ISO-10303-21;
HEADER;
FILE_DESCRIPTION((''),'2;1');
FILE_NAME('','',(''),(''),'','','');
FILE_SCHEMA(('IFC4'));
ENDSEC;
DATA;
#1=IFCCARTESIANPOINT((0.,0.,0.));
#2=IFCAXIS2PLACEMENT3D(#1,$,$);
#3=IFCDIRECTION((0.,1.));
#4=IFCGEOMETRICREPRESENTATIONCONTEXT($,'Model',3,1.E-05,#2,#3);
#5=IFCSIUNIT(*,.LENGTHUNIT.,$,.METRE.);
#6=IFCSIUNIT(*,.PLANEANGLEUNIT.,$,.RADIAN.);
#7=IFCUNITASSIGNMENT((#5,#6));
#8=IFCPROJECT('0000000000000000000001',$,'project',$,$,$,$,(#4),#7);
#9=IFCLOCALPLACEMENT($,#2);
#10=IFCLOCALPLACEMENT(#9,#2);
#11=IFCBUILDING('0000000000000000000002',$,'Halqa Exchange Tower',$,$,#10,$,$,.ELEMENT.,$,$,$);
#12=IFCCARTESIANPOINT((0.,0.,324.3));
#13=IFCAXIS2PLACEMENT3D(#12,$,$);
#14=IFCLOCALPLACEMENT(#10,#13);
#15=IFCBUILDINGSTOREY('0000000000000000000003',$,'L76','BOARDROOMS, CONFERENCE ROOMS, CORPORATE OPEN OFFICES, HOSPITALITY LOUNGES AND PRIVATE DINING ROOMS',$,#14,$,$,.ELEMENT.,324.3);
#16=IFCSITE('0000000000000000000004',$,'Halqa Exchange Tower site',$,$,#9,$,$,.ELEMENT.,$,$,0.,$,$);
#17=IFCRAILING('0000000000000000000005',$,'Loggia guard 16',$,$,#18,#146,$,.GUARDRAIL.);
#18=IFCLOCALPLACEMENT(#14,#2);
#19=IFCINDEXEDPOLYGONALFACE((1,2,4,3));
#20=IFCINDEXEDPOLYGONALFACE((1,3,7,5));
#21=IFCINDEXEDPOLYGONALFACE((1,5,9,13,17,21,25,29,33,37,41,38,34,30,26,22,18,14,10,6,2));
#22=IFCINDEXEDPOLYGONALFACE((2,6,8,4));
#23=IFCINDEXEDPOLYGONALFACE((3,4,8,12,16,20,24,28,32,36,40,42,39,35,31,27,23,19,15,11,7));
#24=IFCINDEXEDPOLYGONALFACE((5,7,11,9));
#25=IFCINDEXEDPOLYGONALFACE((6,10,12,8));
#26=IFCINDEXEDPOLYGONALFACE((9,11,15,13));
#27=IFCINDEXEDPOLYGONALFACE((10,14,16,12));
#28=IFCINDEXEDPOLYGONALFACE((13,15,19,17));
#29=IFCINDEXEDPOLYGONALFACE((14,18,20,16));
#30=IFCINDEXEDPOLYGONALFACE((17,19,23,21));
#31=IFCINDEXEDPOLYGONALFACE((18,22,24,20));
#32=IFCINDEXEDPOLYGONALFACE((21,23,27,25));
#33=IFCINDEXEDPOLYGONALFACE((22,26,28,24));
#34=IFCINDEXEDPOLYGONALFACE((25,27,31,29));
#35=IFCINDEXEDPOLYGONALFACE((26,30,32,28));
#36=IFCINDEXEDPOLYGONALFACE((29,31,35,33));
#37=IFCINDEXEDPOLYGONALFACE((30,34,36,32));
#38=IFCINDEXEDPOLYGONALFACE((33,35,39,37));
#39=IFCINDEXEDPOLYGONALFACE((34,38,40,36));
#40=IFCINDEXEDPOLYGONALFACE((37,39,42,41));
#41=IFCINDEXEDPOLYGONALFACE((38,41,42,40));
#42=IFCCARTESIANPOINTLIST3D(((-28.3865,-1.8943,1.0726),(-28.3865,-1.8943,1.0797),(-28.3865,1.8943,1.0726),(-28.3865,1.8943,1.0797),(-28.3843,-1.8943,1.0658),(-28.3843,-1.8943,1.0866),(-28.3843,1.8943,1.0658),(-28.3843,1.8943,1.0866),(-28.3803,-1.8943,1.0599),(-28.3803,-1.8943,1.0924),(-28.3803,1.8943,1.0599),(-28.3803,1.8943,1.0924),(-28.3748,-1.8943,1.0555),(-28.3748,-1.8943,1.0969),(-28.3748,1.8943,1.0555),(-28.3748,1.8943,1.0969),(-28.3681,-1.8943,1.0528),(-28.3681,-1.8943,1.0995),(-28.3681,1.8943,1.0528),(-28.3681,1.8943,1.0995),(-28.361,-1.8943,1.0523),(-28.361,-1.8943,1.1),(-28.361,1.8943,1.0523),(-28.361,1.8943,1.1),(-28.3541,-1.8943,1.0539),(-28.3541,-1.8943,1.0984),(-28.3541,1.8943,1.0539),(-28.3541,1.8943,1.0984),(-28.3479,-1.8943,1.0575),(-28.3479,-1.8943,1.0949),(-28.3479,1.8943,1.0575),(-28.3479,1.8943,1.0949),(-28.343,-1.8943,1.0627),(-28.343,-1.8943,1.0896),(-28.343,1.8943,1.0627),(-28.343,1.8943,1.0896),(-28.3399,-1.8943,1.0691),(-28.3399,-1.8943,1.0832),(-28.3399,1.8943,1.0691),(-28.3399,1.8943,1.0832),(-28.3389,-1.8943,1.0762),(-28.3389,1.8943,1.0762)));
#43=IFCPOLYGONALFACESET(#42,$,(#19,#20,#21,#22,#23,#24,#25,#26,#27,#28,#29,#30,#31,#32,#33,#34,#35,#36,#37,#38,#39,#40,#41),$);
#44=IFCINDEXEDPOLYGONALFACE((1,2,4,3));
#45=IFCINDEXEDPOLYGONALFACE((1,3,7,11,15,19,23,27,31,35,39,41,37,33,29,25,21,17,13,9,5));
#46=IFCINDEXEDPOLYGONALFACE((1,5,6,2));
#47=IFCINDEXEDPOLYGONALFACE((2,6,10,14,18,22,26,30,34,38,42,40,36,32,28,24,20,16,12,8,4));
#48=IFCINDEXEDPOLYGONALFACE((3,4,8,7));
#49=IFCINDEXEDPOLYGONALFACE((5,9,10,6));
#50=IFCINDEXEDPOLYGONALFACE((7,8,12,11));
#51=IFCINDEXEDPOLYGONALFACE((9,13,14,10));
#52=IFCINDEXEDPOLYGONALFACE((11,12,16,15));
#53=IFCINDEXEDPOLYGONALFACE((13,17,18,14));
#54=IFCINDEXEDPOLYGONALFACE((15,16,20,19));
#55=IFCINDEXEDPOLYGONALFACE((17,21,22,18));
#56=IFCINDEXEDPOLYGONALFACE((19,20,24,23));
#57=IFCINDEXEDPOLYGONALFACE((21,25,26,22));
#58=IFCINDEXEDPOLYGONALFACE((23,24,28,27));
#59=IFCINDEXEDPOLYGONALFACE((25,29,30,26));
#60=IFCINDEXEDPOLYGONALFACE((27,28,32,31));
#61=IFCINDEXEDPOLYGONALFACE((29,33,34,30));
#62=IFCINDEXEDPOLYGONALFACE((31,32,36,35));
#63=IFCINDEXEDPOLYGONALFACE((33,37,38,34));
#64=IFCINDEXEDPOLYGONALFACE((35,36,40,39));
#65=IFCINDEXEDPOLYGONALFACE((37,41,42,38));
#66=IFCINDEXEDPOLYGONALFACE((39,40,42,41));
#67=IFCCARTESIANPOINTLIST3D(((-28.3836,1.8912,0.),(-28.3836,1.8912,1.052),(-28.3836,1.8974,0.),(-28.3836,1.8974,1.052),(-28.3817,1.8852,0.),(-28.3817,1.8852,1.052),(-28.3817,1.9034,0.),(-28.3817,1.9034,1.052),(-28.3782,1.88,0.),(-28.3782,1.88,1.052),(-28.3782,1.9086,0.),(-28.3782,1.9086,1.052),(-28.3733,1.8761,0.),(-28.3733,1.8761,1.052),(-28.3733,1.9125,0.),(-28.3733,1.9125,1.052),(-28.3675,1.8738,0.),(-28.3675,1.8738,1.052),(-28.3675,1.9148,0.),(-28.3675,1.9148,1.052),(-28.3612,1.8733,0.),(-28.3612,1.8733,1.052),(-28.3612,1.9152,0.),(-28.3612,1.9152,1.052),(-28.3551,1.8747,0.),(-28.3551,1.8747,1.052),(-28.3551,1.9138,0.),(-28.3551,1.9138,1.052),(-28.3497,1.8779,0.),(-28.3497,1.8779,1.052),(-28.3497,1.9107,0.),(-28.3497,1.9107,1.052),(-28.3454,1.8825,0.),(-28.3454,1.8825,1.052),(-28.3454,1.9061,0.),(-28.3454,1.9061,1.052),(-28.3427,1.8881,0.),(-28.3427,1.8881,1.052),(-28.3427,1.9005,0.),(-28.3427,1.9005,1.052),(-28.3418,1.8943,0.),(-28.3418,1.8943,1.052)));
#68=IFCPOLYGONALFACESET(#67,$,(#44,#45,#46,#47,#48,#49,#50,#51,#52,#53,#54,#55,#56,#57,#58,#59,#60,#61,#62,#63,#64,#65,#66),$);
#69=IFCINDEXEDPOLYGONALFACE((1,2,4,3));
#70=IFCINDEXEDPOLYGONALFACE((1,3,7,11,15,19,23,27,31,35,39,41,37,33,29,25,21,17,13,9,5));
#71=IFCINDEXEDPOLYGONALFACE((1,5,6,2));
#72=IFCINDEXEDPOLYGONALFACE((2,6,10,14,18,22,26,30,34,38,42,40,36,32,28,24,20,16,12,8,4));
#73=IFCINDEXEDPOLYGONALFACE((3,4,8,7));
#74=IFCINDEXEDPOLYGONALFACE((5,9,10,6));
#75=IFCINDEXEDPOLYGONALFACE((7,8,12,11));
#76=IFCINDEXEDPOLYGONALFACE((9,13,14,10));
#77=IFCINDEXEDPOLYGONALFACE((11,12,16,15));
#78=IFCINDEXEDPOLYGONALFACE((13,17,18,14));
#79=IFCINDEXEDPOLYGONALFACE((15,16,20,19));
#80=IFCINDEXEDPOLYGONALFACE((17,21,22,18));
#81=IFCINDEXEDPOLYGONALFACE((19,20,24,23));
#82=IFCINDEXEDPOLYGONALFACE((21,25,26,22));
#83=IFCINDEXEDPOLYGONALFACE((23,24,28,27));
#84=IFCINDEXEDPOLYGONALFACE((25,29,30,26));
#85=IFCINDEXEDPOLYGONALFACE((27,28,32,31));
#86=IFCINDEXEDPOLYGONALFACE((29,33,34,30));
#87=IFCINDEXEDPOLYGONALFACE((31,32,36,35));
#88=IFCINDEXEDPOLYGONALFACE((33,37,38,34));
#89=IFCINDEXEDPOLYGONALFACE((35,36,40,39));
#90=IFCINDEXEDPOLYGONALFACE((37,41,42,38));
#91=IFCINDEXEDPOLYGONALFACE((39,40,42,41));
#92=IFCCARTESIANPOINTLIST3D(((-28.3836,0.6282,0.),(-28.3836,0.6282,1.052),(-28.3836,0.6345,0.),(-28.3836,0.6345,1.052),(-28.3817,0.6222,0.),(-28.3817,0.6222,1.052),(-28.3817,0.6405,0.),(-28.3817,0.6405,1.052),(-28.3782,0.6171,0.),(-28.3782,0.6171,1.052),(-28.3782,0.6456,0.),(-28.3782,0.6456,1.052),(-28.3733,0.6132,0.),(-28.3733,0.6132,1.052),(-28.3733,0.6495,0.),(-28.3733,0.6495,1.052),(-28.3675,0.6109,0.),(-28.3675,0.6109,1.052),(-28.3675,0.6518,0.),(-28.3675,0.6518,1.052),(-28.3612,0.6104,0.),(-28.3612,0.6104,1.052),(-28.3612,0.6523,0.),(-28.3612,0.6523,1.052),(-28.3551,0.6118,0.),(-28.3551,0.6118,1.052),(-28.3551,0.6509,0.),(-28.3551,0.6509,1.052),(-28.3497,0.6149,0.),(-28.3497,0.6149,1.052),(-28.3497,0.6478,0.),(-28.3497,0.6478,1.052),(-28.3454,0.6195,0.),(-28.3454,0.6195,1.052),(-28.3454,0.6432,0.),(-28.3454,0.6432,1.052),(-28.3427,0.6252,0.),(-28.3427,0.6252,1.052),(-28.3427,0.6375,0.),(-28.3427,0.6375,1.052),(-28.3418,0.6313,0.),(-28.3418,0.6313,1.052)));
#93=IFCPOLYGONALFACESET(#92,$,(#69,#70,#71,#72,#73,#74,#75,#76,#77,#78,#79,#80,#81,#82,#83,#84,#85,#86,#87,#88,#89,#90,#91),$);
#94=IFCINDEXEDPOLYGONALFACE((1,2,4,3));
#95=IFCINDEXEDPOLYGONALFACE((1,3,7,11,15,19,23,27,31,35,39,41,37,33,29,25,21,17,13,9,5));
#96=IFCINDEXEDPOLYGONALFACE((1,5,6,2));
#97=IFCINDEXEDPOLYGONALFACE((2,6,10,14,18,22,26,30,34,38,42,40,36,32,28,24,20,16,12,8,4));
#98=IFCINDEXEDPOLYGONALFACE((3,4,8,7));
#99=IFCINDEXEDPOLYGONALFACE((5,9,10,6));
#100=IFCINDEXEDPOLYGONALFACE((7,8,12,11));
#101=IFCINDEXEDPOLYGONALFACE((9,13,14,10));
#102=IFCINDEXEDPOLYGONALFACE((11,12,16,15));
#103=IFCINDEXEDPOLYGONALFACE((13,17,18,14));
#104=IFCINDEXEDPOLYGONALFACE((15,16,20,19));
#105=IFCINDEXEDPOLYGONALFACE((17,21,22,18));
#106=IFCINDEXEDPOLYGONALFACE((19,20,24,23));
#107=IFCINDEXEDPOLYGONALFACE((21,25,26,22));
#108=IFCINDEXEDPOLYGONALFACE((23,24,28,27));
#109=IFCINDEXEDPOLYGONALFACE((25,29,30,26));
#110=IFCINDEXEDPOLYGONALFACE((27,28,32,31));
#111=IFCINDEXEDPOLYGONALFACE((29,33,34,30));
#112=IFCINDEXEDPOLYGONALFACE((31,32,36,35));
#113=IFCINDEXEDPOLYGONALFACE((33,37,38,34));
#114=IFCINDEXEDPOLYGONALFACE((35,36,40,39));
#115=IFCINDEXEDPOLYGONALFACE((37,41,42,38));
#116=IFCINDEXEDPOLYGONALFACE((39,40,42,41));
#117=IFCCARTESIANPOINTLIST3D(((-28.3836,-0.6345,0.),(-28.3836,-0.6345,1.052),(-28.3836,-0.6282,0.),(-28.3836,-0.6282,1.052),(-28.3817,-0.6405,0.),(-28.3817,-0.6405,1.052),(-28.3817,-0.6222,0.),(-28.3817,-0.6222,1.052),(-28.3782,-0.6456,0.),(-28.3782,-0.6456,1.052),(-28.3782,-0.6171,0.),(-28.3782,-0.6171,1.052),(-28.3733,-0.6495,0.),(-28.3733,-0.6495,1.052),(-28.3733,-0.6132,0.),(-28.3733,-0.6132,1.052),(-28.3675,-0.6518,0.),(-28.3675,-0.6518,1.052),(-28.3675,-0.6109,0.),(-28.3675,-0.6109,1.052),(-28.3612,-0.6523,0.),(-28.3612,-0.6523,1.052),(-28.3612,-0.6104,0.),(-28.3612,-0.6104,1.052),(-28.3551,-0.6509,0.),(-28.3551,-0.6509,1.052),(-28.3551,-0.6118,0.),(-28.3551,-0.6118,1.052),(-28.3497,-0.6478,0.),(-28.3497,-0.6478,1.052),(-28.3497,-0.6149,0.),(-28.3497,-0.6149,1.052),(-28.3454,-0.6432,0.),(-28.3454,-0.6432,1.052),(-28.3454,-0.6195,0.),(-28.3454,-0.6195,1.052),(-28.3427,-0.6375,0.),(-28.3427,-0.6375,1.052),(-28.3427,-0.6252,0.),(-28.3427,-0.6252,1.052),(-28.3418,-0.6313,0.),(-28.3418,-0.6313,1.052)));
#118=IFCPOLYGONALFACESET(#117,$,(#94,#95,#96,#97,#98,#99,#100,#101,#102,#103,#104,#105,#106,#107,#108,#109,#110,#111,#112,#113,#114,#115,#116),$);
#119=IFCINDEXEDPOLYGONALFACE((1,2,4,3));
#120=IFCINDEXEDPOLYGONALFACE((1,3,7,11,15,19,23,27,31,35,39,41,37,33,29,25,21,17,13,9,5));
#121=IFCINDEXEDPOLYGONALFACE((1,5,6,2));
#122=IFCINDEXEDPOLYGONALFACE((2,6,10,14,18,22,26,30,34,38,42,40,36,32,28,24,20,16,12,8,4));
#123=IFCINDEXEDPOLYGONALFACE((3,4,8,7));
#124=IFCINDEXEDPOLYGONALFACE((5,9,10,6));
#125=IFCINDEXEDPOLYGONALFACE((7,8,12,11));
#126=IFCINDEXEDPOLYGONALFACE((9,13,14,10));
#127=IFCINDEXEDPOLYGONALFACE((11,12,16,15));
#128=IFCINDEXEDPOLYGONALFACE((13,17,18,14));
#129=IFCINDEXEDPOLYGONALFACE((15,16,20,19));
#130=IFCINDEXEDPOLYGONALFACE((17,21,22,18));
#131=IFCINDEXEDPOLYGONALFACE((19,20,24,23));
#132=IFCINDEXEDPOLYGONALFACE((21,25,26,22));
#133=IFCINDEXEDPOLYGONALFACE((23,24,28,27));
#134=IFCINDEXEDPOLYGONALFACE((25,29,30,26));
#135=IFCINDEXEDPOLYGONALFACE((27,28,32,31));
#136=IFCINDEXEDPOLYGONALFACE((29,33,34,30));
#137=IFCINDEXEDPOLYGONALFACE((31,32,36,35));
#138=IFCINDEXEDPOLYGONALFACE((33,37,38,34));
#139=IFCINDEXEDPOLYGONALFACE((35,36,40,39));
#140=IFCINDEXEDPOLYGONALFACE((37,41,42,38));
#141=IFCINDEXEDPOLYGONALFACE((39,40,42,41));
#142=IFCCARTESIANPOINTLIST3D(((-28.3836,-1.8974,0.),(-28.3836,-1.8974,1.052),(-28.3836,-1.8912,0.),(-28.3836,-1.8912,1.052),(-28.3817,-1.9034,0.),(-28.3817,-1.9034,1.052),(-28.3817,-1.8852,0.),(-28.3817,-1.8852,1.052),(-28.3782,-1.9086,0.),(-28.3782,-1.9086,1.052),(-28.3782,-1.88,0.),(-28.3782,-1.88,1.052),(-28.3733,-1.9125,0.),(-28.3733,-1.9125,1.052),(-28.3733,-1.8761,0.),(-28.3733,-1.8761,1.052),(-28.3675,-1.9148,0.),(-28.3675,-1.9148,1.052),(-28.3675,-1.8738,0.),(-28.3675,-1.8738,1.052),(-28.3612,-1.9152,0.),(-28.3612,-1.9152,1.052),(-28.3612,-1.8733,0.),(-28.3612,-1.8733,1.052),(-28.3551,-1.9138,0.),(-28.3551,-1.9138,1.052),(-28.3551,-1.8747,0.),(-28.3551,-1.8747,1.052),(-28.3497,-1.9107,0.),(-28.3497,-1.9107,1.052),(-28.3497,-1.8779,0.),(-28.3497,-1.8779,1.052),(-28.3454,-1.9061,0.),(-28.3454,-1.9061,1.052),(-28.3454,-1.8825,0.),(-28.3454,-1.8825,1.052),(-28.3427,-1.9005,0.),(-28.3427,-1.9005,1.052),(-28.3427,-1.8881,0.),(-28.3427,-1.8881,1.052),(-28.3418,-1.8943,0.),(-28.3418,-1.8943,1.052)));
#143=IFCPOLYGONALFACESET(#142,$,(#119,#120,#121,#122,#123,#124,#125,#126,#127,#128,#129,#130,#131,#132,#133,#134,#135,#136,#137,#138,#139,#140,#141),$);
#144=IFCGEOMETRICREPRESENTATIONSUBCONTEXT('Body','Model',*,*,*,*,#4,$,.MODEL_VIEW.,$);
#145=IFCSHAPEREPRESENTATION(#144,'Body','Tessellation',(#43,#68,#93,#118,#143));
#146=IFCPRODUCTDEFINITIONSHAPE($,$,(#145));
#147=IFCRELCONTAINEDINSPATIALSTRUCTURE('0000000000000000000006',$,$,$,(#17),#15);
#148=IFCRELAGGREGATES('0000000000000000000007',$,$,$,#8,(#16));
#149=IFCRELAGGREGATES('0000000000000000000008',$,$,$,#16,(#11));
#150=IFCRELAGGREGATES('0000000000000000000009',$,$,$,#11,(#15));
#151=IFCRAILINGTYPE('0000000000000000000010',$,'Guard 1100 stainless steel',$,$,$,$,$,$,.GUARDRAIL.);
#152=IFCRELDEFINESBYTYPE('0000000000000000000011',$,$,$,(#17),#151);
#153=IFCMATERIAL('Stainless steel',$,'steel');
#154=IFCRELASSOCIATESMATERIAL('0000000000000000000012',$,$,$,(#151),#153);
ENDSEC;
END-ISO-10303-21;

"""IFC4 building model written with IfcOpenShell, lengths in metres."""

from ifc_helpers import new_model, si_unit, direction, frame, origin, origin_2d, place, context, subcontext, project, spatial, circle, extrude, material, type_object, element, save


model = new_model("IFC4")

# Units and contexts
model_context = context("Model", 3, precision=1e-05, world=origin(), true_north=direction((0.0, 1.0)))
body_context = subcontext(model_context, "Body", "Model", "MODEL_VIEW")
ifc_project = project(units=[si_unit("LENGTHUNIT", "METRE"), si_unit("PLANEANGLEUNIT", "RADIAN")], contexts=[model_context])

# Site, building, storey
site_placement = place(None, origin())
site = spatial("IfcSite", under=ifc_project, at=site_placement, Name="Halqa Exchange Tower site", CompositionType="ELEMENT", RefElevation=0.0)
building_placement = place(site_placement, origin())
building = spatial("IfcBuilding", under=site, at=building_placement, Name="Halqa Exchange Tower", CompositionType="ELEMENT")
storey_placement = place(building_placement, frame((0.0, 0.0, 324.3)))
storey = spatial("IfcBuildingStorey", under=building, at=storey_placement, Name="L76", Description="BOARDROOMS, CONFERENCE ROOMS, CORPORATE OPEN OFFICES, HOSPITALITY LOUNGES AND PRIVATE DINING ROOMS", CompositionType="ELEMENT", Elevation=324.3)

# Railing
ifc_material_1 = material(Name="Stainless steel", Category="steel")
railing_type = type_object("IfcRailingType", Name="Guard 1100 stainless steel", PredefinedType="GUARDRAIL", material=ifc_material_1)
railing_1_placement = place(storey_placement, frame((-28.3628, 1.8943, 0.0)))
element("IfcRailing", 1, at=railing_1_placement, inside=storey, type_object=railing_type, Name="Loggia guard 16", PredefinedType="GUARDRAIL", context=body_context, shape_type="SweptSolid", body=[
    extrude(circle(Radius=0.0239, at=origin_2d()), frame((0.0, 0.0, 1.0762), z_axis=(0.0, -1.0, 0.0), x_axis=(1.0, 0.0, 0.0)), (0.0, 0.0, 1.0), 3.7886),
    extrude(circle(Radius=0.021, at=origin_2d()), origin(), (0.0, 0.0, 1.0), 1.052),
    extrude(circle(Radius=0.021, at=origin_2d()), frame((0.0, -1.2629, 0.0)), (0.0, 0.0, 1.0), 1.052),
    extrude(circle(Radius=0.021, at=origin_2d()), frame((0.0, -2.5256, 0.0)), (0.0, 0.0, 1.0), 1.052),
    extrude(circle(Radius=0.021, at=origin_2d()), frame((0.0, -3.7886, 0.0)), (0.0, 0.0, 1.0), 1.052),
])

save(model, "model.ifc")
